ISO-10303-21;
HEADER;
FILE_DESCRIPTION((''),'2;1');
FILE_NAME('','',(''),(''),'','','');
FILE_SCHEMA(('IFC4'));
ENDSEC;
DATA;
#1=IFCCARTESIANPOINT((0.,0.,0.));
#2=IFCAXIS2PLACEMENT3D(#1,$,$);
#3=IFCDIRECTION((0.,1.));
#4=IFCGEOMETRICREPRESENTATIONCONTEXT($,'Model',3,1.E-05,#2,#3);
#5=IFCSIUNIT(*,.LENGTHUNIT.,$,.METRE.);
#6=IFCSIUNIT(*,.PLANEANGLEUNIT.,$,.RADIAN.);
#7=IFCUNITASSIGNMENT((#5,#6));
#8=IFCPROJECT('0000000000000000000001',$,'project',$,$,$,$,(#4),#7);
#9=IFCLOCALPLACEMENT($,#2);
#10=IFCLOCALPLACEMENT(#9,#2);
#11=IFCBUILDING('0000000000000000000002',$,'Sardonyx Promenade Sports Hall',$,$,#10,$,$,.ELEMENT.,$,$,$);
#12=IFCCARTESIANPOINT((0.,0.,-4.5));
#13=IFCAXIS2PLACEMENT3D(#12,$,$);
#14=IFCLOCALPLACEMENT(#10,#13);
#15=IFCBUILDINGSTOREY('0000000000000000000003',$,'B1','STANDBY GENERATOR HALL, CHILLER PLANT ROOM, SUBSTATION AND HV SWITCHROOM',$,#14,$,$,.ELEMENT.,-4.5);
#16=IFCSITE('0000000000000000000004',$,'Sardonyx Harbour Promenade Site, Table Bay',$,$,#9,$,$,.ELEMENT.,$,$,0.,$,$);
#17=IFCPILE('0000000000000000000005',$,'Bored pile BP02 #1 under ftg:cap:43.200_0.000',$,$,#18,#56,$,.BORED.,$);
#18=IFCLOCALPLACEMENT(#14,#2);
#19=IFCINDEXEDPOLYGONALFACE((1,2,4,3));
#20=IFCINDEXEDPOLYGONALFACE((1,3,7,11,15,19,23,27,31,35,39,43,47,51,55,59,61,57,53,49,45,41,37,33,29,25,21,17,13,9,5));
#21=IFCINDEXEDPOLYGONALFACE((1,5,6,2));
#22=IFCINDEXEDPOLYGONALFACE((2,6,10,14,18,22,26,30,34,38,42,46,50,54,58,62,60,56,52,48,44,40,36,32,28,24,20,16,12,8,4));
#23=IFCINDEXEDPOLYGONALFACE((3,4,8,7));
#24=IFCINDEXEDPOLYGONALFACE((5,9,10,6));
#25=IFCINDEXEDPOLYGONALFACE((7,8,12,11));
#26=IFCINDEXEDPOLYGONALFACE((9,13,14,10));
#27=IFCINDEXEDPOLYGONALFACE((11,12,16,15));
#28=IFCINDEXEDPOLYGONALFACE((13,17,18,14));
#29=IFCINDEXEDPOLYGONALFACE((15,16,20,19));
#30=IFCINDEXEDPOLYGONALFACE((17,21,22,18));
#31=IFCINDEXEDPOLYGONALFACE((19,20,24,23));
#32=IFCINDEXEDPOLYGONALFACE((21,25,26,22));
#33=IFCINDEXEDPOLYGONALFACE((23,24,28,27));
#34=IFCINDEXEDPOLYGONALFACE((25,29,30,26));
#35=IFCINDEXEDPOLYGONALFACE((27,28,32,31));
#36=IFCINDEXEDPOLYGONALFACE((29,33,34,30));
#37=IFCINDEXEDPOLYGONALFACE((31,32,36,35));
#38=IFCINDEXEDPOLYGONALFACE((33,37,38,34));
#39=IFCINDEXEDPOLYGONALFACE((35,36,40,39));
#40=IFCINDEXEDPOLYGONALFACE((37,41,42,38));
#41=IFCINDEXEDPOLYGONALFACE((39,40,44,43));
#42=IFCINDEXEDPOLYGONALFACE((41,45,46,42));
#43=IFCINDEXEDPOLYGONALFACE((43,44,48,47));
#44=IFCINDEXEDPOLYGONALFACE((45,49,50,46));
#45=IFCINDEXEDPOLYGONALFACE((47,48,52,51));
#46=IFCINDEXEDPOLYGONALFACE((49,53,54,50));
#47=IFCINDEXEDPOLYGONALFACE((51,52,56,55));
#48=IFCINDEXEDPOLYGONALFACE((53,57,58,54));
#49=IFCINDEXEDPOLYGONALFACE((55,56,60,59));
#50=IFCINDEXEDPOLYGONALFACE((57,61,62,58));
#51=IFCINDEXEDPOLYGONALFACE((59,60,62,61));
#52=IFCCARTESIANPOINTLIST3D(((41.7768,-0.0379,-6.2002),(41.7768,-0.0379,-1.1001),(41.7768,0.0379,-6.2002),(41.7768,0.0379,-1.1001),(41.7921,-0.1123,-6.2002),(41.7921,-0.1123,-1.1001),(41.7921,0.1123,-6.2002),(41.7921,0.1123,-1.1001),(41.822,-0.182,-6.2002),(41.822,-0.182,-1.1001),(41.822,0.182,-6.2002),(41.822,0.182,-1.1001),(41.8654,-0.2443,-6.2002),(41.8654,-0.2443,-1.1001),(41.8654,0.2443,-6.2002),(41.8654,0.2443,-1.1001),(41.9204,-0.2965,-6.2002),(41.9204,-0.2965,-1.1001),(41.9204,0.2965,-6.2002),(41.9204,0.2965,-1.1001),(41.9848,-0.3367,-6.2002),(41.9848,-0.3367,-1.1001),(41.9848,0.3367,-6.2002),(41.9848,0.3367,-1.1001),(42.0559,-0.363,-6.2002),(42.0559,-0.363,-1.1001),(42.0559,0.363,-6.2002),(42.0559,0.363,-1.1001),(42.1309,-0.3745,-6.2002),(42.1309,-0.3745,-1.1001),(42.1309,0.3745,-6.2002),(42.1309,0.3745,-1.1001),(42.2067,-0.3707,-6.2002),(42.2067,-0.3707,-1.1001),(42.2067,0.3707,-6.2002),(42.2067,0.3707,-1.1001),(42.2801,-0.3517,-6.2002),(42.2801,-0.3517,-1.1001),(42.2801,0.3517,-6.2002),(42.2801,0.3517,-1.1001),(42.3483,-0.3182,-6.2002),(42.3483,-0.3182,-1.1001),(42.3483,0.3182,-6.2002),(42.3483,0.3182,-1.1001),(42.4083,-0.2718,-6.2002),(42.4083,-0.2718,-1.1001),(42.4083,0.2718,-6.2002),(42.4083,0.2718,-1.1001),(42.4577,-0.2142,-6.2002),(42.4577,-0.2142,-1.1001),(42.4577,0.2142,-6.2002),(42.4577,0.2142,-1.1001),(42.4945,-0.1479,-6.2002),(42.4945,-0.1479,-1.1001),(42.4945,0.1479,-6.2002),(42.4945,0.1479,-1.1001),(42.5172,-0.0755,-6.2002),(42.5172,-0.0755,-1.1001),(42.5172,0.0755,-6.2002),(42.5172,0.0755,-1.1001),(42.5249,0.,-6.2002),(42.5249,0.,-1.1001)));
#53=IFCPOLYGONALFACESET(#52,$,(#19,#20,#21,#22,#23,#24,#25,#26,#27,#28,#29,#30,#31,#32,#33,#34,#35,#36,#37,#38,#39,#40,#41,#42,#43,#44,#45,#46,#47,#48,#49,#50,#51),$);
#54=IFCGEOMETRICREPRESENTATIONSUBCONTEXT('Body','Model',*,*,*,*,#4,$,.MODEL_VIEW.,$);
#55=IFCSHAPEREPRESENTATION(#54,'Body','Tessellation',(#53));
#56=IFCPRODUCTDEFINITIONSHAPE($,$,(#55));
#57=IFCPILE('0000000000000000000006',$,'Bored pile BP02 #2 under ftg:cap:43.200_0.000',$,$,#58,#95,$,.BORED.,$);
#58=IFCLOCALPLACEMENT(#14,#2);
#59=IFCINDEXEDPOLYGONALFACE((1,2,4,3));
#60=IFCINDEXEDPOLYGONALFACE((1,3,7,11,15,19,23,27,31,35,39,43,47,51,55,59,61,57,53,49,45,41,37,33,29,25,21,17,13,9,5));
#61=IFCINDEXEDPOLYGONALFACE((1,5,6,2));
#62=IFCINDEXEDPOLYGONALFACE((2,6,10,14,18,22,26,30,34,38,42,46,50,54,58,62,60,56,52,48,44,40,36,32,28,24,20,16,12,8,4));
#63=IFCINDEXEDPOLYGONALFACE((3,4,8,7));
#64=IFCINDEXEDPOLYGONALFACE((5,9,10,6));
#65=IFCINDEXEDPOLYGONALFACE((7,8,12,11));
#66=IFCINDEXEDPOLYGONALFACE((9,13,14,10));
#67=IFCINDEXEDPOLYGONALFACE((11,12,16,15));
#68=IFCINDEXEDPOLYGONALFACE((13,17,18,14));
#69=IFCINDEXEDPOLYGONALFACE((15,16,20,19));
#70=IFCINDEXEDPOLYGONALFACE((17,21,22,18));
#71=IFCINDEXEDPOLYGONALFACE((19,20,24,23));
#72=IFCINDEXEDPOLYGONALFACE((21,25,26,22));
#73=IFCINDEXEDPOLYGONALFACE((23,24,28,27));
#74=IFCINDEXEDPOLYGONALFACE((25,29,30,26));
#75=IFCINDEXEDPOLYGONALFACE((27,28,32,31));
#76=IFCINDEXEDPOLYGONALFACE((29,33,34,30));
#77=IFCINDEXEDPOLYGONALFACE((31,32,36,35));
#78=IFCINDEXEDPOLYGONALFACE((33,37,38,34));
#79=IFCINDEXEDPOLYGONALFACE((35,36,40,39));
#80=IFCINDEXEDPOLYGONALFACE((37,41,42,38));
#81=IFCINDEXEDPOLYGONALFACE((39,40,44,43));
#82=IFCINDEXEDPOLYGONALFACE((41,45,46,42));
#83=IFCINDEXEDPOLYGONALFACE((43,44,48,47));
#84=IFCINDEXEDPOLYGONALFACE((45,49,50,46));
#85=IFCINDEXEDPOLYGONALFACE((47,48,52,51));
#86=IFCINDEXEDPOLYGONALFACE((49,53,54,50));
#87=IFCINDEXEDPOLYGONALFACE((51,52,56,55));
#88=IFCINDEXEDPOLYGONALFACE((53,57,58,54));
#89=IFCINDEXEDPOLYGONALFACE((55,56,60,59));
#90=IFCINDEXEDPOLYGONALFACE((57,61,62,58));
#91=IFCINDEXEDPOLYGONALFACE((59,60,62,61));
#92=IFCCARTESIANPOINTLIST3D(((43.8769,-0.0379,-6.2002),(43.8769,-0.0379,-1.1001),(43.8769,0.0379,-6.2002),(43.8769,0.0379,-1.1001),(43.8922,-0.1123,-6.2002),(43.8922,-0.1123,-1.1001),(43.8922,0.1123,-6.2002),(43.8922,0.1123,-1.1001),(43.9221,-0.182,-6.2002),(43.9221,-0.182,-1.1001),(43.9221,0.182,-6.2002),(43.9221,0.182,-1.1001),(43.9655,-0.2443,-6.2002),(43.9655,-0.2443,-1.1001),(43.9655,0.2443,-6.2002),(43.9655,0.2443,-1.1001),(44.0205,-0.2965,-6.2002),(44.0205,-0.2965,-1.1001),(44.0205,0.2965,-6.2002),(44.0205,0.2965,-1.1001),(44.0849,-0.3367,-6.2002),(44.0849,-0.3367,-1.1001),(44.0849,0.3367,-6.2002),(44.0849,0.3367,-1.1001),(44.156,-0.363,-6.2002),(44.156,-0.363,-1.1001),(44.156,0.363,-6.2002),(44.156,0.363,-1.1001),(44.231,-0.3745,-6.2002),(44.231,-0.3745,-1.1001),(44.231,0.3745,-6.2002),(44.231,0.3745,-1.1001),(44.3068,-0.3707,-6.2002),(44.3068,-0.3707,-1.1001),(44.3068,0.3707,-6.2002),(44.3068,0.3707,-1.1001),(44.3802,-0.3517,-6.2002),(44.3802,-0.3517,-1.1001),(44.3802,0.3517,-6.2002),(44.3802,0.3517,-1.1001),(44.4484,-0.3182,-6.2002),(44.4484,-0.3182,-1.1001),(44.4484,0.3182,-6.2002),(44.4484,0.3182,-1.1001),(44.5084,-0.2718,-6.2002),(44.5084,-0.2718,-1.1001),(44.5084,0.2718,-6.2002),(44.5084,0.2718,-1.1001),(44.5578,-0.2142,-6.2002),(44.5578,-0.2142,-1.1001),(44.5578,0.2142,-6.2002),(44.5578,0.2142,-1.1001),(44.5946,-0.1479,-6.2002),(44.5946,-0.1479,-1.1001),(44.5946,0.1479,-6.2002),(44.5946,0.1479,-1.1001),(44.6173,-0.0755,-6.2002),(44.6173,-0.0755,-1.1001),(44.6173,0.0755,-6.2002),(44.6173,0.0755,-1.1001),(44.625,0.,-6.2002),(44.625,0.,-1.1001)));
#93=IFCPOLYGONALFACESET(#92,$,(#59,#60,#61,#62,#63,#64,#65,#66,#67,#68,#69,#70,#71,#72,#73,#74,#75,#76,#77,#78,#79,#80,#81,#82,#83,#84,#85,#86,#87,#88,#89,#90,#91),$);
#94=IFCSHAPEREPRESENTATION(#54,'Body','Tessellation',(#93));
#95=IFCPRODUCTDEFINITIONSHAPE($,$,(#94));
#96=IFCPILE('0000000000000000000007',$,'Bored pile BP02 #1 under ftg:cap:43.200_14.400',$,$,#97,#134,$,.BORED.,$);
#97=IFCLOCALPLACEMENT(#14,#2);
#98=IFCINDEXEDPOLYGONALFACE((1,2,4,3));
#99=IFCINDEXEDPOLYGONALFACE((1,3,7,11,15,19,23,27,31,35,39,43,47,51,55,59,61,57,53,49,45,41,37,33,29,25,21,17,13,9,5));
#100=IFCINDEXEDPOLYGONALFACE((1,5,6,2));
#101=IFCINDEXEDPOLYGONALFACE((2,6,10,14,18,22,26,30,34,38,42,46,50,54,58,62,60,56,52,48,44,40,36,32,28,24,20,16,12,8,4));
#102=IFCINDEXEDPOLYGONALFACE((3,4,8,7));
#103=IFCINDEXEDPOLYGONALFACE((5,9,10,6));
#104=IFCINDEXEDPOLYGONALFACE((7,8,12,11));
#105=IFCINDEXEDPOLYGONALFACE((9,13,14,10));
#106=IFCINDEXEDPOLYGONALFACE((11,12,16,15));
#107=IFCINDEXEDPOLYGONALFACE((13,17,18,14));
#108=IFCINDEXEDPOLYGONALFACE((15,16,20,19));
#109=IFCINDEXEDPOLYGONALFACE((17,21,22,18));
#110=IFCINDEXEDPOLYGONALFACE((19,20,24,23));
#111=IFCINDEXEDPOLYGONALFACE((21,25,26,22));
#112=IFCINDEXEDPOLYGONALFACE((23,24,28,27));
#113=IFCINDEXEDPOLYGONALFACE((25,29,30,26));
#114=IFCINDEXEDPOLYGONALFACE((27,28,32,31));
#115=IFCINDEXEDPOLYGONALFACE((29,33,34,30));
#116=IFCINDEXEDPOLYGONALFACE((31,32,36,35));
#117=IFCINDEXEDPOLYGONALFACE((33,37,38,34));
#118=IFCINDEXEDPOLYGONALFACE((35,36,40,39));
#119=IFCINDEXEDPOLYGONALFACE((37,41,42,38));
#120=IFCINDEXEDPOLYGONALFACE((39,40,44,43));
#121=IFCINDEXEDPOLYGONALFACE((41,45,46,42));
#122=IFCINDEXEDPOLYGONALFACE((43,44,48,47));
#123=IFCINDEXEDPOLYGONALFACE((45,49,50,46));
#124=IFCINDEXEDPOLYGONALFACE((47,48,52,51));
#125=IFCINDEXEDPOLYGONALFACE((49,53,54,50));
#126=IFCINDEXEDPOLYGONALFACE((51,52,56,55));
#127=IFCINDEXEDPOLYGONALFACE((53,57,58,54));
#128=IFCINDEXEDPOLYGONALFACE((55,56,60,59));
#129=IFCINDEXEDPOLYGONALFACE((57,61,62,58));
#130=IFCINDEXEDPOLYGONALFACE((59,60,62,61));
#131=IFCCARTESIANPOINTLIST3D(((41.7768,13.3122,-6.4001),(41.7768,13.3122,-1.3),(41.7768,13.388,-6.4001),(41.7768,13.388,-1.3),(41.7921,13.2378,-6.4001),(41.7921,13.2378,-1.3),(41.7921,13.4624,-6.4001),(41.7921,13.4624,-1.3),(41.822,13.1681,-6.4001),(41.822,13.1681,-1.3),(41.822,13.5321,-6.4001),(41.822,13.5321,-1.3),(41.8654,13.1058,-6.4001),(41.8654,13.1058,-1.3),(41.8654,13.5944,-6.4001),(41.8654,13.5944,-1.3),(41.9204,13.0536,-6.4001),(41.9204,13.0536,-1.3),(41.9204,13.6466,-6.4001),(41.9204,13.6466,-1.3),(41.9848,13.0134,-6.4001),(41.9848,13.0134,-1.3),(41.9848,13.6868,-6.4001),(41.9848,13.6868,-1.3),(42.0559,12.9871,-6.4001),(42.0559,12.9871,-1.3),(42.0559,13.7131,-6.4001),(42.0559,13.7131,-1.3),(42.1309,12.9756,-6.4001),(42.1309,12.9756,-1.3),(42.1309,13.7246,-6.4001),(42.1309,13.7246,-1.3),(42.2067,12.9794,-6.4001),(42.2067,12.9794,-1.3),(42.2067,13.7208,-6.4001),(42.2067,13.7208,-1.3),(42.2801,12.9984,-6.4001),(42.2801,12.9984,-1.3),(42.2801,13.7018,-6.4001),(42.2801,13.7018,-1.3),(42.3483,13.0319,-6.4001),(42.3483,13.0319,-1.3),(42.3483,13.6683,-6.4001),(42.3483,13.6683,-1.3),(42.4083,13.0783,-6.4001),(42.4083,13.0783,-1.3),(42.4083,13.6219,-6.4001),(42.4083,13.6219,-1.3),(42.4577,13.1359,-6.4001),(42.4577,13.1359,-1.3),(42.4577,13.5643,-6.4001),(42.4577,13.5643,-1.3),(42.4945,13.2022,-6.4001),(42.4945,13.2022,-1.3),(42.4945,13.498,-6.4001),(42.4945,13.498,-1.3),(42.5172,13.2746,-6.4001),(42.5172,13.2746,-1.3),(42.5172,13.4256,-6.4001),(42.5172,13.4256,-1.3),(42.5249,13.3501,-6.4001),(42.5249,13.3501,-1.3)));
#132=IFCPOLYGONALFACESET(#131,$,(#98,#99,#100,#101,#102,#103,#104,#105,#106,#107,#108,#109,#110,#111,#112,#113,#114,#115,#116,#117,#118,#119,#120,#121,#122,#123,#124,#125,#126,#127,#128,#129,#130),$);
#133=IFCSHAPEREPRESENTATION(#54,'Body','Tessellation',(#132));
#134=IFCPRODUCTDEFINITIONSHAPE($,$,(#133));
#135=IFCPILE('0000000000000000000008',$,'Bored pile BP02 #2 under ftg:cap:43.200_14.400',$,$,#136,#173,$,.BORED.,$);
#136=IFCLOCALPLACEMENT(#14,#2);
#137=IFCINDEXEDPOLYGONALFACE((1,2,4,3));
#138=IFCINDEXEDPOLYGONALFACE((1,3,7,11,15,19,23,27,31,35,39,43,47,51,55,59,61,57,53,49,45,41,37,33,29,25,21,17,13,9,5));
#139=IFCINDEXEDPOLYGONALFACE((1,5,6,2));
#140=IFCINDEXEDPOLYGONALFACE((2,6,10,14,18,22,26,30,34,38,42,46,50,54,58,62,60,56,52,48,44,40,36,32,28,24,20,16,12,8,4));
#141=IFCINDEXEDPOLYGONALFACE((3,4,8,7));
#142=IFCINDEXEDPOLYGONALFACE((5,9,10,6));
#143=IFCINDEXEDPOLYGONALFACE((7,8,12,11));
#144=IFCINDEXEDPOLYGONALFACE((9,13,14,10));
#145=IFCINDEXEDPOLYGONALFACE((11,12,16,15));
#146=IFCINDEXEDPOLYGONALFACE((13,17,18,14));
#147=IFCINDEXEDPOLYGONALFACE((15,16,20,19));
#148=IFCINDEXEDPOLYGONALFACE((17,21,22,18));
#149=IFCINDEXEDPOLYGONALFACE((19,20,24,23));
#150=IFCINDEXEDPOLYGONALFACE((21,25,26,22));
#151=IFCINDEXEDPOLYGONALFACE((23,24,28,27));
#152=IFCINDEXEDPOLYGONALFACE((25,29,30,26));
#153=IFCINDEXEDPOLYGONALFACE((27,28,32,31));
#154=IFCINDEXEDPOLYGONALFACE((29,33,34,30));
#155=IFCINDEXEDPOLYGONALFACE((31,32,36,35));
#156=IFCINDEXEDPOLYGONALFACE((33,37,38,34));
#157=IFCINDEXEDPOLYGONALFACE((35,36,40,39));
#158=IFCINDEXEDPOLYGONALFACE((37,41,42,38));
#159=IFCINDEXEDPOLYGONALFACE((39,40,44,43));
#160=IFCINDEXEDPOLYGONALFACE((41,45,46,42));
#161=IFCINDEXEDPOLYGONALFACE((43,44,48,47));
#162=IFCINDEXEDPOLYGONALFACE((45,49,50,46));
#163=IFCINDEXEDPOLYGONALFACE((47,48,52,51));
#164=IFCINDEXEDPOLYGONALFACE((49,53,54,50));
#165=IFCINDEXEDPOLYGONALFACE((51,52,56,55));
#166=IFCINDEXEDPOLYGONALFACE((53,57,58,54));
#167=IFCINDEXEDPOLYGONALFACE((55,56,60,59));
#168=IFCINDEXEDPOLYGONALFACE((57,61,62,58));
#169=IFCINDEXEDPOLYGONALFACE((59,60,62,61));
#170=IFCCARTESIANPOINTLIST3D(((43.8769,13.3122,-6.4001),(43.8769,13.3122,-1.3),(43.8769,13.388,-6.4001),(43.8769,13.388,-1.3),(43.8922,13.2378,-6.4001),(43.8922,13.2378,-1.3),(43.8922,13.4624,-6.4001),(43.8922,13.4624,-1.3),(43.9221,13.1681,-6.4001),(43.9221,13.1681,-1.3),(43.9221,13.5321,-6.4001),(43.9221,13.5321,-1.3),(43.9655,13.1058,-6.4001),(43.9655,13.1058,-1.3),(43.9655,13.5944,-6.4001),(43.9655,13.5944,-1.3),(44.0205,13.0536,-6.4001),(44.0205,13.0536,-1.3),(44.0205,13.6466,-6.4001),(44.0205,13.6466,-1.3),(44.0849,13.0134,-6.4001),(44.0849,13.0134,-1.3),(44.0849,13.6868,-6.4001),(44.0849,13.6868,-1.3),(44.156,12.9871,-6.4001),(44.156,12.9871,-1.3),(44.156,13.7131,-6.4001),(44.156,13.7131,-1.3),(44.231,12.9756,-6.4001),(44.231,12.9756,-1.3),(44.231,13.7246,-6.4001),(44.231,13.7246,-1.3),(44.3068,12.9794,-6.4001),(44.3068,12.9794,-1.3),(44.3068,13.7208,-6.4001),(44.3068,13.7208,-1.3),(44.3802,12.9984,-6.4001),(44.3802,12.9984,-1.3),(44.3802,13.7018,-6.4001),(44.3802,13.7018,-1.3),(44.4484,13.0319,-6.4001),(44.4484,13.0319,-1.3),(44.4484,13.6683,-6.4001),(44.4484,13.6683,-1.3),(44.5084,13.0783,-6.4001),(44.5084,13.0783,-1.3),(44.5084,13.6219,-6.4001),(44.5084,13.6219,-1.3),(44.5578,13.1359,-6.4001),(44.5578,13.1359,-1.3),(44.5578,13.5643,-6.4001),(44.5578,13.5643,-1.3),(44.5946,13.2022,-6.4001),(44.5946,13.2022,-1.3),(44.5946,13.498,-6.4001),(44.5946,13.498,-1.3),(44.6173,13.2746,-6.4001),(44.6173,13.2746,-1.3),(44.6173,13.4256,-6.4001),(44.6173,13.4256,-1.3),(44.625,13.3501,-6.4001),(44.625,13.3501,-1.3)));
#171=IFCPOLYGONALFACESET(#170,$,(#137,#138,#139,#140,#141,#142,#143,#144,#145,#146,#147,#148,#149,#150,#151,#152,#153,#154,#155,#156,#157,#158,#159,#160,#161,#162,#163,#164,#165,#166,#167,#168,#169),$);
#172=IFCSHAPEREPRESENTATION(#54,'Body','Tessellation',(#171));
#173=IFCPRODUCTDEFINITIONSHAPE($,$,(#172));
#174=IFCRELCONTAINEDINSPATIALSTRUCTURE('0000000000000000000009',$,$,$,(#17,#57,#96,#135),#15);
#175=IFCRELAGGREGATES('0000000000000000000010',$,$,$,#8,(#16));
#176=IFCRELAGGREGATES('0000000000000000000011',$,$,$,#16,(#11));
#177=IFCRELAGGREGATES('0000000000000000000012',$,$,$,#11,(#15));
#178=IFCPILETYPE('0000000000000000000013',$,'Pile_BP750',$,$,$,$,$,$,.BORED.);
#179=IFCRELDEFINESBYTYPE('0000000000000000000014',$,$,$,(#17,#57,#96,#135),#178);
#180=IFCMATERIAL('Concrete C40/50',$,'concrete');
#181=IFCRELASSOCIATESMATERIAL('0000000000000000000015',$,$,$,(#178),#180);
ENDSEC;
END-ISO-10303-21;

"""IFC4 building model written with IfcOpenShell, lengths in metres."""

from ifc_helpers import new_model, si_unit, direction, frame, origin, origin_2d, place, context, subcontext, project, spatial, circle, extrude, material, material_profile, profile_set, type_object, element, save


model = new_model("IFC4")

# Units and contexts
model_context = context("Model", 3, precision=1e-05, world=origin(), true_north=direction((0.0, 1.0)))
body_context = subcontext(model_context, "Body", "Model", "MODEL_VIEW")
ifc_project = project(units=[si_unit("LENGTHUNIT", "METRE"), si_unit("PLANEANGLEUNIT", "RADIAN")], contexts=[model_context])

# Site, building, storey
site_placement = place(None, origin())
site = spatial("IfcSite", under=ifc_project, at=site_placement, Name="Sardonyx Harbour Promenade Site, Table Bay", CompositionType="ELEMENT", RefElevation=0.0)
building_placement = place(site_placement, origin())
building = spatial("IfcBuilding", under=site, at=building_placement, Name="Sardonyx Promenade Sports Hall", CompositionType="ELEMENT")
storey_placement = place(building_placement, frame((0.0, 0.0, -4.5)))
storey = spatial("IfcBuildingStorey", under=building, at=storey_placement, Name="B1", Description="STANDBY GENERATOR HALL, CHILLER PLANT ROOM, SUBSTATION AND HV SWITCHROOM", CompositionType="ELEMENT", Elevation=-4.5)

# Piles
ifc_material_1 = material(Name="Concrete C40/50", Category="concrete")
ifc_material_profile_1 = material_profile(ifc_material_1, circle(Radius=0.375, at=origin_2d()))
ifc_profile_set_1 = profile_set([ifc_material_profile_1], Name="Concrete C40/50")
pile_type_1 = type_object("IfcPileType", Name="Pile_BP750", PredefinedType="BORED", material=ifc_profile_set_1)
for number, where, z_axis, x_axis, name in (
    (1, (42.1499, 0.0, -1.1001), (0.0, 0.0, -1.0), (1.0, 0.0, 0.0), "Bored pile BP02 #1 under ftg:cap:43.200_0.000"),
    (2, (44.25, 0.0, -1.1001), (0.0, 0.0, -1.0), (1.0, 0.0, 0.0), "Bored pile BP02 #2 under ftg:cap:43.200_0.000"),
    (3, (42.1499, 13.3501, -1.3), (0.0, 0.0, -1.0), (1.0, 0.0, 0.0), "Bored pile BP02 #1 under ftg:cap:43.200_14.400"),
    (4, (44.25, 13.3501, -1.3), (0.0, 0.0, -1.0), (1.0, 0.0, 0.0), "Bored pile BP02 #2 under ftg:cap:43.200_14.400"),
):
    element("IfcPile", number, at=place(storey_placement, frame(where, z_axis=z_axis, x_axis=x_axis)), inside=storey, type_object=pile_type_1, Name=name, PredefinedType="BORED", context=body_context, shape_type="SweptSolid", body=[
        extrude(circle(Radius=0.375, at=origin_2d()), origin(), (0.0, 0.0, 1.0), 5.1001),
    ])

save(model, "model.ifc")
